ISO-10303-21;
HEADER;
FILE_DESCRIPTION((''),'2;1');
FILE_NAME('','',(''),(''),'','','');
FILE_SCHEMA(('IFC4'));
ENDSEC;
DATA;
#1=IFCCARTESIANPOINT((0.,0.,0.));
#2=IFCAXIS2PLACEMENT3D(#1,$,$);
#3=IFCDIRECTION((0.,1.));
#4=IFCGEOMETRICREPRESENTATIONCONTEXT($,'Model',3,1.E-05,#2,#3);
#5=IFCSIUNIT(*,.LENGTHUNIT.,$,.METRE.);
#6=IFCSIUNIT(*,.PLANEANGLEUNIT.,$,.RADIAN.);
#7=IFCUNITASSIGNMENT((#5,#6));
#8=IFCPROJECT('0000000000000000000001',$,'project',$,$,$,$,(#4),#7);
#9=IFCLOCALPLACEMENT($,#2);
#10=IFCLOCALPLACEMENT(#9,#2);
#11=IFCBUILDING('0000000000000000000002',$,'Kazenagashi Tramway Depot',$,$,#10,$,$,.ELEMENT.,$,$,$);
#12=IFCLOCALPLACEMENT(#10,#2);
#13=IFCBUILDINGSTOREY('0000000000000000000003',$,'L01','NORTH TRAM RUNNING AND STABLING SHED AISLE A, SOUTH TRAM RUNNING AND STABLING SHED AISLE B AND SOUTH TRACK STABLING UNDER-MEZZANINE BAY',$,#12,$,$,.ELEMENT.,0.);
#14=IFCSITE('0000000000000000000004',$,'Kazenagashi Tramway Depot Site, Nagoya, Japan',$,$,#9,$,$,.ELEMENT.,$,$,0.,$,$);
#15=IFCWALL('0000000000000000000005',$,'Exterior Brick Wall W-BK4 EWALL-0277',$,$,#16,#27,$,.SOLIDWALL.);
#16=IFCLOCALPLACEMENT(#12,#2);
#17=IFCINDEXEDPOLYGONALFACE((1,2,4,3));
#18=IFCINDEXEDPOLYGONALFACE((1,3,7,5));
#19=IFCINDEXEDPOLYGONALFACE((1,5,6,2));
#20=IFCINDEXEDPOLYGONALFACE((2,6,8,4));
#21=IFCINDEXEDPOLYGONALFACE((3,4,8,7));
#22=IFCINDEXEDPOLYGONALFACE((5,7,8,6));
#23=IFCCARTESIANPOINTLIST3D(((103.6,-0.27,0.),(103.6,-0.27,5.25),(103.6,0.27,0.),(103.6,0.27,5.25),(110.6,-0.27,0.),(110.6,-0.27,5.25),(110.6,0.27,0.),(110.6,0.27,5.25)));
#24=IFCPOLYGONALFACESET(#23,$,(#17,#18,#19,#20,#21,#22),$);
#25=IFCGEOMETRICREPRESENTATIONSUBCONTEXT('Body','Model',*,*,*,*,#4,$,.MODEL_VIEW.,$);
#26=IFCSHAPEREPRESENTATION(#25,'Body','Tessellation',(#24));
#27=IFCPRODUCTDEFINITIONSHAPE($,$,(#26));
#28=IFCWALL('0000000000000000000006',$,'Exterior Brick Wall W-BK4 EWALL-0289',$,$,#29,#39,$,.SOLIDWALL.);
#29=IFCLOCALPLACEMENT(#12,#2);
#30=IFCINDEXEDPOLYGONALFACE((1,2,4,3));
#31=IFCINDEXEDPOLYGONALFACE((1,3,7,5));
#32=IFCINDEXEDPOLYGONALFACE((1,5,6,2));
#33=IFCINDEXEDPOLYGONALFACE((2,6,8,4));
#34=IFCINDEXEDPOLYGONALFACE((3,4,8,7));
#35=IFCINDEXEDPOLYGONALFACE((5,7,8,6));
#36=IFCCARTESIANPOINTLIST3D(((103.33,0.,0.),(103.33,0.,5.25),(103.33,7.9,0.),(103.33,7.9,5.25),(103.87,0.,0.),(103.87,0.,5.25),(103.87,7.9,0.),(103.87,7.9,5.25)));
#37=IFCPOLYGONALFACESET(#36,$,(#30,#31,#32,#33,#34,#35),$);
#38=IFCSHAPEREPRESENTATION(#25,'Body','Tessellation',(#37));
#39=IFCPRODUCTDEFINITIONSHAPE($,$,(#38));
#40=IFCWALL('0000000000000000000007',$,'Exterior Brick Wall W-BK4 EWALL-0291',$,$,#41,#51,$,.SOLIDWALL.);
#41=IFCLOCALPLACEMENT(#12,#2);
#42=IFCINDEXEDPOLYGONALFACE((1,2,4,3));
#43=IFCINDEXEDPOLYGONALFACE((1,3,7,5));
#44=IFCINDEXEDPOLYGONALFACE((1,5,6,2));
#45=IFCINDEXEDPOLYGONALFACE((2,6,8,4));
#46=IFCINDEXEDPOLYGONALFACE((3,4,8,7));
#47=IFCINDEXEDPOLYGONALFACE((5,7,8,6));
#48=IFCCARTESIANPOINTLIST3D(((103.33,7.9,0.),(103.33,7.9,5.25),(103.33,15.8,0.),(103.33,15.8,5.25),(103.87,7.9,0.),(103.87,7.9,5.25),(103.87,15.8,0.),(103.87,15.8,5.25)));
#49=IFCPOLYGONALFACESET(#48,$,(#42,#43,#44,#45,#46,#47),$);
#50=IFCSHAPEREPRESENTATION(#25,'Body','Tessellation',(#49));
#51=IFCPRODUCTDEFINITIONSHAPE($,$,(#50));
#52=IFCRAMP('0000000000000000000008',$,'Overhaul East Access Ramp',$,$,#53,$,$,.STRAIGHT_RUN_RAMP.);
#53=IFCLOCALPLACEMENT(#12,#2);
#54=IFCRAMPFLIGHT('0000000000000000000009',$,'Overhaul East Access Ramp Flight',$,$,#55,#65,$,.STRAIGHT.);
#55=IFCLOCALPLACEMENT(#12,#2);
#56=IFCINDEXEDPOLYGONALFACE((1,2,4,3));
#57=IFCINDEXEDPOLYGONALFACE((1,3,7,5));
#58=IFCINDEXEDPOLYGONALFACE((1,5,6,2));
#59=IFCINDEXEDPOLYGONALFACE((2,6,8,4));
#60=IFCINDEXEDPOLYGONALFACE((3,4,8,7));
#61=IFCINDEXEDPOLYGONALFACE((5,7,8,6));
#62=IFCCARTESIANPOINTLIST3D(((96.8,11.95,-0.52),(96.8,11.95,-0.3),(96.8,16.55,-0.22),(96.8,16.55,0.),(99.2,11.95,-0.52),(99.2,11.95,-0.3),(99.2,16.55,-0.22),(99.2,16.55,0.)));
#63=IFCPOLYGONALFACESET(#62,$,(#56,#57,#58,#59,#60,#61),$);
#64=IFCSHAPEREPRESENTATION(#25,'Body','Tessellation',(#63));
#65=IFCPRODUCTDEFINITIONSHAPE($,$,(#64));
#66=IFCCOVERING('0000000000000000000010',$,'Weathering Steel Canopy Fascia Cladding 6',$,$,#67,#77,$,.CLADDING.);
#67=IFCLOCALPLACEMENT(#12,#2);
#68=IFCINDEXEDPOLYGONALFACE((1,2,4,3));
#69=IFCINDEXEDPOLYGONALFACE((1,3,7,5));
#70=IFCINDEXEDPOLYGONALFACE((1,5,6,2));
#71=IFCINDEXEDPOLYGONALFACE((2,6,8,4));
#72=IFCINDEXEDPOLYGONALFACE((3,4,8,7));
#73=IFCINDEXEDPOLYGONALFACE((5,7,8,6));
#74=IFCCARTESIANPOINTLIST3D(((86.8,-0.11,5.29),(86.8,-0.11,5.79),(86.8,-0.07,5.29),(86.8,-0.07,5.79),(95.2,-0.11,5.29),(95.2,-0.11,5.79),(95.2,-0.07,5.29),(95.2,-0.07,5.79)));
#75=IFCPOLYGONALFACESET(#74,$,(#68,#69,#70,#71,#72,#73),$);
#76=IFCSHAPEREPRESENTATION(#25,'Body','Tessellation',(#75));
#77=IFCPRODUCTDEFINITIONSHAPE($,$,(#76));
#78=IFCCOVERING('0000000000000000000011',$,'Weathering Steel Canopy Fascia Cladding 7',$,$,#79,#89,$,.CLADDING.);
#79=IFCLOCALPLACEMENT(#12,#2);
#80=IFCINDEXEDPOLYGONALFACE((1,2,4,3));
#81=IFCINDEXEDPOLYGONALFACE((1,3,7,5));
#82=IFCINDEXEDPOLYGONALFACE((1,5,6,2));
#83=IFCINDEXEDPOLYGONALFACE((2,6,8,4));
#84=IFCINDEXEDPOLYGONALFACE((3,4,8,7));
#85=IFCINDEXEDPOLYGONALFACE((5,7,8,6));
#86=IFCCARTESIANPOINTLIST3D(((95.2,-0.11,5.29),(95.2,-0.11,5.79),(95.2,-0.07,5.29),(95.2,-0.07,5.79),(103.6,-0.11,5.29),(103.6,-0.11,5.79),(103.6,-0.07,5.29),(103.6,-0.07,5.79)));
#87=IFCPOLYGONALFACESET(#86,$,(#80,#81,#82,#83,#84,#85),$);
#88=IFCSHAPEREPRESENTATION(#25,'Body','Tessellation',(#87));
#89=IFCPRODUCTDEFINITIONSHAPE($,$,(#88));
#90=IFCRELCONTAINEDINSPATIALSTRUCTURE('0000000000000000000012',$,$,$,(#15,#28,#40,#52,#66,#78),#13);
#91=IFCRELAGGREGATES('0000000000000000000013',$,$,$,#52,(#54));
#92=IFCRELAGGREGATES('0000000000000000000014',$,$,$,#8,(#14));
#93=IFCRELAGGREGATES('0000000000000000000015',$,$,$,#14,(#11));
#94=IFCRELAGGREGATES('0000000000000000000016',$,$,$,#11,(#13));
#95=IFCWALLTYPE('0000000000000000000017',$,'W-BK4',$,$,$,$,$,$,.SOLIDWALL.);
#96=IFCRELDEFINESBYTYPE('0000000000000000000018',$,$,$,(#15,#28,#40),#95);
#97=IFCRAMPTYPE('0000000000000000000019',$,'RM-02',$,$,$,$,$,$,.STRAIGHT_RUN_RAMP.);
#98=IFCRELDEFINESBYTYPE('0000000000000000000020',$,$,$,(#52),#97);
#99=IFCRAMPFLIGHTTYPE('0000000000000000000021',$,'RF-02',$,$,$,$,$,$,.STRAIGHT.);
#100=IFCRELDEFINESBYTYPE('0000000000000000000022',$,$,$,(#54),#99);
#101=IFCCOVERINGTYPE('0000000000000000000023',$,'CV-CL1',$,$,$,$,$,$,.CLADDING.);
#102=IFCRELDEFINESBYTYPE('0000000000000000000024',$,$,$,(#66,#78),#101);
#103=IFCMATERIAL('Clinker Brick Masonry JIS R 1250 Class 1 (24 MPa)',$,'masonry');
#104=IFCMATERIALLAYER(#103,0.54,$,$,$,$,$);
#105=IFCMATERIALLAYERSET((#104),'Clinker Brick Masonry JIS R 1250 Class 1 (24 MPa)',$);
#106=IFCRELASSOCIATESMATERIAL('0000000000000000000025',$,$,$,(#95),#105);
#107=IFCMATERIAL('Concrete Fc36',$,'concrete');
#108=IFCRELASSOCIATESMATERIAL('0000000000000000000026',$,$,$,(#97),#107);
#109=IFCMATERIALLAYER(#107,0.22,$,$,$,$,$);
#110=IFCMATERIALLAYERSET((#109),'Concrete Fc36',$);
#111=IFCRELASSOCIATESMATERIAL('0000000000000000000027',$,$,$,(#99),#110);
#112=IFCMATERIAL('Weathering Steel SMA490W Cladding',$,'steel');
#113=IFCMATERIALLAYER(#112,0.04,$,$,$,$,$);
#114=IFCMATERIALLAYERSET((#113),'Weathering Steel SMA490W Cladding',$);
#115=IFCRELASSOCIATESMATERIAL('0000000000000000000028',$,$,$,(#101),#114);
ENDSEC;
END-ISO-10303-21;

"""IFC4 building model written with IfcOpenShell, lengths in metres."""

from ifc_helpers import new_model, si_unit, direction, frame, frame_2d, origin, origin_2d, place, context, subcontext, project, spatial, polyline, rectangle, outline, extrude, material, layer, layer_set, type_object, element, aggregate, save


model = new_model("IFC4")

# Units and contexts
model_context = context("Model", 3, precision=1e-05, world=origin(), true_north=direction((0.0, 1.0)))
body_context = subcontext(model_context, "Body", "Model", "MODEL_VIEW")
ifc_project = project(units=[si_unit("LENGTHUNIT", "METRE"), si_unit("PLANEANGLEUNIT", "RADIAN")], contexts=[model_context])

# Site, building, storey
site_placement = place(None, origin())
site = spatial("IfcSite", under=ifc_project, at=site_placement, Name="Kazenagashi Tramway Depot Site, Nagoya, Japan", CompositionType="ELEMENT", RefElevation=0.0)
building_placement = place(site_placement, origin())
building = spatial("IfcBuilding", under=site, at=building_placement, Name="Kazenagashi Tramway Depot", CompositionType="ELEMENT")
storey_placement = place(building_placement, origin())
storey = spatial("IfcBuildingStorey", under=building, at=storey_placement, Name="L01", Description="NORTH TRAM RUNNING AND STABLING SHED AISLE A, SOUTH TRAM RUNNING AND STABLING SHED AISLE B AND SOUTH TRACK STABLING UNDER-MEZZANINE BAY", CompositionType="ELEMENT", Elevation=0.0)

# Shared definitions
ifc_material_1 = material(Name="Concrete Fc36", Category="concrete")

# Walls
ifc_material_2 = material(Name="Clinker Brick Masonry JIS R 1250 Class 1 (24 MPa)", Category="masonry")
ifc_layer_1 = layer(ifc_material_2, 0.54)
ifc_layer_set_1 = layer_set([ifc_layer_1], Name="Clinker Brick Masonry JIS R 1250 Class 1 (24 MPa)")
wall_type_1 = type_object("IfcWallType", Name="W-BK4", PredefinedType="SOLIDWALL", material=ifc_layer_set_1)
wall_1_placement = place(storey_placement, frame((103.6, 0.0, 0.0), z_axis=(0.0, 0.0, 1.0), x_axis=(1.0, 0.0, 0.0)))
element("IfcWall", 1, at=wall_1_placement, inside=storey, type_object=wall_type_1, Name="Exterior Brick Wall W-BK4 EWALL-0277", PredefinedType="SOLIDWALL", context=body_context, shape_type="SweptSolid", body=[
    extrude(rectangle(XDim=7.0, YDim=0.54, at=frame_2d((3.5, 0.0))), origin(), (0.0, 0.0, 1.0), 5.25),
])
for number, where, z_axis, x_axis, name in (
    (2, (103.6, 0.0, 0.0), (0.0, 0.0, 1.0), (0.0, 1.0, 0.0), "Exterior Brick Wall W-BK4 EWALL-0289"),
    (3, (103.6, 7.9, 0.0), (0.0, 0.0, 1.0), (0.0, 1.0, 0.0), "Exterior Brick Wall W-BK4 EWALL-0291"),
):
    element("IfcWall", number, at=place(storey_placement, frame(where, z_axis=z_axis, x_axis=x_axis)), inside=storey, type_object=wall_type_1, Name=name, PredefinedType="SOLIDWALL", context=body_context, shape_type="SweptSolid", body=[
        extrude(rectangle(XDim=7.9, YDim=0.54, at=frame_2d((3.95, 0.0))), origin(), (0.0, 0.0, 1.0), 5.25),
    ])

# Ramp, ramp flight
ramp_type = type_object("IfcRampType", Name="RM-02", PredefinedType="STRAIGHT_RUN_RAMP", material=ifc_material_1)
ramp_placement = place(storey_placement, origin())
ramp = element("IfcRamp", 4, at=ramp_placement, inside=storey, type_object=ramp_type, Name="Overhaul East Access Ramp", PredefinedType="STRAIGHT_RUN_RAMP")
ifc_layer_2 = layer(ifc_material_1, 0.22)
ifc_layer_set_2 = layer_set([ifc_layer_2], Name="Concrete Fc36")
ramp_flight_type = type_object("IfcRampFlightType", Name="RF-02", PredefinedType="STRAIGHT", material=ifc_layer_set_2)
ramp_flight_placement = place(storey_placement, frame((98.0, 11.95, -0.3), z_axis=(0.0, 0.0, 1.0), x_axis=(0.0, 1.0, 0.0)))
ramp_flight = element("IfcRampFlight", 5, at=ramp_flight_placement, type_object=ramp_flight_type, Name="Overhaul East Access Ramp Flight", PredefinedType="STRAIGHT", context=body_context, shape_type="SweptSolid", body=[
    extrude(outline(polyline([(0.0, 0.0), (4.6, 0.3), (4.6, 0.08), (0.0, -0.22), (0.0, 0.0)])), frame((0.0, 1.2, 0.0), z_axis=(0.0, -1.0, 0.0), x_axis=(1.0, 0.0, 0.0)), (0.0, 0.0, 1.0), 2.4),
])
aggregate(ramp, [ramp_flight])

# Coverings
ifc_material_3 = material(Name="Weathering Steel SMA490W Cladding", Category="steel")
ifc_layer_3 = layer(ifc_material_3, 0.04)
ifc_layer_set_3 = layer_set([ifc_layer_3], Name="Weathering Steel SMA490W Cladding")
covering_type = type_object("IfcCoveringType", Name="CV-CL1", PredefinedType="CLADDING", material=ifc_layer_set_3)
for number, where, z_axis, x_axis, name in (
    (6, (91.0, -0.09, 5.29), (0.0, 0.0, 1.0), (1.0, 0.0, 0.0), "Weathering Steel Canopy Fascia Cladding 6"),
    (7, (99.4, -0.09, 5.29), (0.0, 0.0, 1.0), (1.0, 0.0, 0.0), "Weathering Steel Canopy Fascia Cladding 7"),
):
    element("IfcCovering", number, at=place(storey_placement, frame(where, z_axis=z_axis, x_axis=x_axis)), inside=storey, type_object=covering_type, Name=name, PredefinedType="CLADDING", context=body_context, shape_type="SweptSolid", body=[
        extrude(rectangle(XDim=8.4, YDim=0.04, at=origin_2d()), origin(), (0.0, 0.0, 1.0), 0.5),
    ])

save(model, "model.ifc")
